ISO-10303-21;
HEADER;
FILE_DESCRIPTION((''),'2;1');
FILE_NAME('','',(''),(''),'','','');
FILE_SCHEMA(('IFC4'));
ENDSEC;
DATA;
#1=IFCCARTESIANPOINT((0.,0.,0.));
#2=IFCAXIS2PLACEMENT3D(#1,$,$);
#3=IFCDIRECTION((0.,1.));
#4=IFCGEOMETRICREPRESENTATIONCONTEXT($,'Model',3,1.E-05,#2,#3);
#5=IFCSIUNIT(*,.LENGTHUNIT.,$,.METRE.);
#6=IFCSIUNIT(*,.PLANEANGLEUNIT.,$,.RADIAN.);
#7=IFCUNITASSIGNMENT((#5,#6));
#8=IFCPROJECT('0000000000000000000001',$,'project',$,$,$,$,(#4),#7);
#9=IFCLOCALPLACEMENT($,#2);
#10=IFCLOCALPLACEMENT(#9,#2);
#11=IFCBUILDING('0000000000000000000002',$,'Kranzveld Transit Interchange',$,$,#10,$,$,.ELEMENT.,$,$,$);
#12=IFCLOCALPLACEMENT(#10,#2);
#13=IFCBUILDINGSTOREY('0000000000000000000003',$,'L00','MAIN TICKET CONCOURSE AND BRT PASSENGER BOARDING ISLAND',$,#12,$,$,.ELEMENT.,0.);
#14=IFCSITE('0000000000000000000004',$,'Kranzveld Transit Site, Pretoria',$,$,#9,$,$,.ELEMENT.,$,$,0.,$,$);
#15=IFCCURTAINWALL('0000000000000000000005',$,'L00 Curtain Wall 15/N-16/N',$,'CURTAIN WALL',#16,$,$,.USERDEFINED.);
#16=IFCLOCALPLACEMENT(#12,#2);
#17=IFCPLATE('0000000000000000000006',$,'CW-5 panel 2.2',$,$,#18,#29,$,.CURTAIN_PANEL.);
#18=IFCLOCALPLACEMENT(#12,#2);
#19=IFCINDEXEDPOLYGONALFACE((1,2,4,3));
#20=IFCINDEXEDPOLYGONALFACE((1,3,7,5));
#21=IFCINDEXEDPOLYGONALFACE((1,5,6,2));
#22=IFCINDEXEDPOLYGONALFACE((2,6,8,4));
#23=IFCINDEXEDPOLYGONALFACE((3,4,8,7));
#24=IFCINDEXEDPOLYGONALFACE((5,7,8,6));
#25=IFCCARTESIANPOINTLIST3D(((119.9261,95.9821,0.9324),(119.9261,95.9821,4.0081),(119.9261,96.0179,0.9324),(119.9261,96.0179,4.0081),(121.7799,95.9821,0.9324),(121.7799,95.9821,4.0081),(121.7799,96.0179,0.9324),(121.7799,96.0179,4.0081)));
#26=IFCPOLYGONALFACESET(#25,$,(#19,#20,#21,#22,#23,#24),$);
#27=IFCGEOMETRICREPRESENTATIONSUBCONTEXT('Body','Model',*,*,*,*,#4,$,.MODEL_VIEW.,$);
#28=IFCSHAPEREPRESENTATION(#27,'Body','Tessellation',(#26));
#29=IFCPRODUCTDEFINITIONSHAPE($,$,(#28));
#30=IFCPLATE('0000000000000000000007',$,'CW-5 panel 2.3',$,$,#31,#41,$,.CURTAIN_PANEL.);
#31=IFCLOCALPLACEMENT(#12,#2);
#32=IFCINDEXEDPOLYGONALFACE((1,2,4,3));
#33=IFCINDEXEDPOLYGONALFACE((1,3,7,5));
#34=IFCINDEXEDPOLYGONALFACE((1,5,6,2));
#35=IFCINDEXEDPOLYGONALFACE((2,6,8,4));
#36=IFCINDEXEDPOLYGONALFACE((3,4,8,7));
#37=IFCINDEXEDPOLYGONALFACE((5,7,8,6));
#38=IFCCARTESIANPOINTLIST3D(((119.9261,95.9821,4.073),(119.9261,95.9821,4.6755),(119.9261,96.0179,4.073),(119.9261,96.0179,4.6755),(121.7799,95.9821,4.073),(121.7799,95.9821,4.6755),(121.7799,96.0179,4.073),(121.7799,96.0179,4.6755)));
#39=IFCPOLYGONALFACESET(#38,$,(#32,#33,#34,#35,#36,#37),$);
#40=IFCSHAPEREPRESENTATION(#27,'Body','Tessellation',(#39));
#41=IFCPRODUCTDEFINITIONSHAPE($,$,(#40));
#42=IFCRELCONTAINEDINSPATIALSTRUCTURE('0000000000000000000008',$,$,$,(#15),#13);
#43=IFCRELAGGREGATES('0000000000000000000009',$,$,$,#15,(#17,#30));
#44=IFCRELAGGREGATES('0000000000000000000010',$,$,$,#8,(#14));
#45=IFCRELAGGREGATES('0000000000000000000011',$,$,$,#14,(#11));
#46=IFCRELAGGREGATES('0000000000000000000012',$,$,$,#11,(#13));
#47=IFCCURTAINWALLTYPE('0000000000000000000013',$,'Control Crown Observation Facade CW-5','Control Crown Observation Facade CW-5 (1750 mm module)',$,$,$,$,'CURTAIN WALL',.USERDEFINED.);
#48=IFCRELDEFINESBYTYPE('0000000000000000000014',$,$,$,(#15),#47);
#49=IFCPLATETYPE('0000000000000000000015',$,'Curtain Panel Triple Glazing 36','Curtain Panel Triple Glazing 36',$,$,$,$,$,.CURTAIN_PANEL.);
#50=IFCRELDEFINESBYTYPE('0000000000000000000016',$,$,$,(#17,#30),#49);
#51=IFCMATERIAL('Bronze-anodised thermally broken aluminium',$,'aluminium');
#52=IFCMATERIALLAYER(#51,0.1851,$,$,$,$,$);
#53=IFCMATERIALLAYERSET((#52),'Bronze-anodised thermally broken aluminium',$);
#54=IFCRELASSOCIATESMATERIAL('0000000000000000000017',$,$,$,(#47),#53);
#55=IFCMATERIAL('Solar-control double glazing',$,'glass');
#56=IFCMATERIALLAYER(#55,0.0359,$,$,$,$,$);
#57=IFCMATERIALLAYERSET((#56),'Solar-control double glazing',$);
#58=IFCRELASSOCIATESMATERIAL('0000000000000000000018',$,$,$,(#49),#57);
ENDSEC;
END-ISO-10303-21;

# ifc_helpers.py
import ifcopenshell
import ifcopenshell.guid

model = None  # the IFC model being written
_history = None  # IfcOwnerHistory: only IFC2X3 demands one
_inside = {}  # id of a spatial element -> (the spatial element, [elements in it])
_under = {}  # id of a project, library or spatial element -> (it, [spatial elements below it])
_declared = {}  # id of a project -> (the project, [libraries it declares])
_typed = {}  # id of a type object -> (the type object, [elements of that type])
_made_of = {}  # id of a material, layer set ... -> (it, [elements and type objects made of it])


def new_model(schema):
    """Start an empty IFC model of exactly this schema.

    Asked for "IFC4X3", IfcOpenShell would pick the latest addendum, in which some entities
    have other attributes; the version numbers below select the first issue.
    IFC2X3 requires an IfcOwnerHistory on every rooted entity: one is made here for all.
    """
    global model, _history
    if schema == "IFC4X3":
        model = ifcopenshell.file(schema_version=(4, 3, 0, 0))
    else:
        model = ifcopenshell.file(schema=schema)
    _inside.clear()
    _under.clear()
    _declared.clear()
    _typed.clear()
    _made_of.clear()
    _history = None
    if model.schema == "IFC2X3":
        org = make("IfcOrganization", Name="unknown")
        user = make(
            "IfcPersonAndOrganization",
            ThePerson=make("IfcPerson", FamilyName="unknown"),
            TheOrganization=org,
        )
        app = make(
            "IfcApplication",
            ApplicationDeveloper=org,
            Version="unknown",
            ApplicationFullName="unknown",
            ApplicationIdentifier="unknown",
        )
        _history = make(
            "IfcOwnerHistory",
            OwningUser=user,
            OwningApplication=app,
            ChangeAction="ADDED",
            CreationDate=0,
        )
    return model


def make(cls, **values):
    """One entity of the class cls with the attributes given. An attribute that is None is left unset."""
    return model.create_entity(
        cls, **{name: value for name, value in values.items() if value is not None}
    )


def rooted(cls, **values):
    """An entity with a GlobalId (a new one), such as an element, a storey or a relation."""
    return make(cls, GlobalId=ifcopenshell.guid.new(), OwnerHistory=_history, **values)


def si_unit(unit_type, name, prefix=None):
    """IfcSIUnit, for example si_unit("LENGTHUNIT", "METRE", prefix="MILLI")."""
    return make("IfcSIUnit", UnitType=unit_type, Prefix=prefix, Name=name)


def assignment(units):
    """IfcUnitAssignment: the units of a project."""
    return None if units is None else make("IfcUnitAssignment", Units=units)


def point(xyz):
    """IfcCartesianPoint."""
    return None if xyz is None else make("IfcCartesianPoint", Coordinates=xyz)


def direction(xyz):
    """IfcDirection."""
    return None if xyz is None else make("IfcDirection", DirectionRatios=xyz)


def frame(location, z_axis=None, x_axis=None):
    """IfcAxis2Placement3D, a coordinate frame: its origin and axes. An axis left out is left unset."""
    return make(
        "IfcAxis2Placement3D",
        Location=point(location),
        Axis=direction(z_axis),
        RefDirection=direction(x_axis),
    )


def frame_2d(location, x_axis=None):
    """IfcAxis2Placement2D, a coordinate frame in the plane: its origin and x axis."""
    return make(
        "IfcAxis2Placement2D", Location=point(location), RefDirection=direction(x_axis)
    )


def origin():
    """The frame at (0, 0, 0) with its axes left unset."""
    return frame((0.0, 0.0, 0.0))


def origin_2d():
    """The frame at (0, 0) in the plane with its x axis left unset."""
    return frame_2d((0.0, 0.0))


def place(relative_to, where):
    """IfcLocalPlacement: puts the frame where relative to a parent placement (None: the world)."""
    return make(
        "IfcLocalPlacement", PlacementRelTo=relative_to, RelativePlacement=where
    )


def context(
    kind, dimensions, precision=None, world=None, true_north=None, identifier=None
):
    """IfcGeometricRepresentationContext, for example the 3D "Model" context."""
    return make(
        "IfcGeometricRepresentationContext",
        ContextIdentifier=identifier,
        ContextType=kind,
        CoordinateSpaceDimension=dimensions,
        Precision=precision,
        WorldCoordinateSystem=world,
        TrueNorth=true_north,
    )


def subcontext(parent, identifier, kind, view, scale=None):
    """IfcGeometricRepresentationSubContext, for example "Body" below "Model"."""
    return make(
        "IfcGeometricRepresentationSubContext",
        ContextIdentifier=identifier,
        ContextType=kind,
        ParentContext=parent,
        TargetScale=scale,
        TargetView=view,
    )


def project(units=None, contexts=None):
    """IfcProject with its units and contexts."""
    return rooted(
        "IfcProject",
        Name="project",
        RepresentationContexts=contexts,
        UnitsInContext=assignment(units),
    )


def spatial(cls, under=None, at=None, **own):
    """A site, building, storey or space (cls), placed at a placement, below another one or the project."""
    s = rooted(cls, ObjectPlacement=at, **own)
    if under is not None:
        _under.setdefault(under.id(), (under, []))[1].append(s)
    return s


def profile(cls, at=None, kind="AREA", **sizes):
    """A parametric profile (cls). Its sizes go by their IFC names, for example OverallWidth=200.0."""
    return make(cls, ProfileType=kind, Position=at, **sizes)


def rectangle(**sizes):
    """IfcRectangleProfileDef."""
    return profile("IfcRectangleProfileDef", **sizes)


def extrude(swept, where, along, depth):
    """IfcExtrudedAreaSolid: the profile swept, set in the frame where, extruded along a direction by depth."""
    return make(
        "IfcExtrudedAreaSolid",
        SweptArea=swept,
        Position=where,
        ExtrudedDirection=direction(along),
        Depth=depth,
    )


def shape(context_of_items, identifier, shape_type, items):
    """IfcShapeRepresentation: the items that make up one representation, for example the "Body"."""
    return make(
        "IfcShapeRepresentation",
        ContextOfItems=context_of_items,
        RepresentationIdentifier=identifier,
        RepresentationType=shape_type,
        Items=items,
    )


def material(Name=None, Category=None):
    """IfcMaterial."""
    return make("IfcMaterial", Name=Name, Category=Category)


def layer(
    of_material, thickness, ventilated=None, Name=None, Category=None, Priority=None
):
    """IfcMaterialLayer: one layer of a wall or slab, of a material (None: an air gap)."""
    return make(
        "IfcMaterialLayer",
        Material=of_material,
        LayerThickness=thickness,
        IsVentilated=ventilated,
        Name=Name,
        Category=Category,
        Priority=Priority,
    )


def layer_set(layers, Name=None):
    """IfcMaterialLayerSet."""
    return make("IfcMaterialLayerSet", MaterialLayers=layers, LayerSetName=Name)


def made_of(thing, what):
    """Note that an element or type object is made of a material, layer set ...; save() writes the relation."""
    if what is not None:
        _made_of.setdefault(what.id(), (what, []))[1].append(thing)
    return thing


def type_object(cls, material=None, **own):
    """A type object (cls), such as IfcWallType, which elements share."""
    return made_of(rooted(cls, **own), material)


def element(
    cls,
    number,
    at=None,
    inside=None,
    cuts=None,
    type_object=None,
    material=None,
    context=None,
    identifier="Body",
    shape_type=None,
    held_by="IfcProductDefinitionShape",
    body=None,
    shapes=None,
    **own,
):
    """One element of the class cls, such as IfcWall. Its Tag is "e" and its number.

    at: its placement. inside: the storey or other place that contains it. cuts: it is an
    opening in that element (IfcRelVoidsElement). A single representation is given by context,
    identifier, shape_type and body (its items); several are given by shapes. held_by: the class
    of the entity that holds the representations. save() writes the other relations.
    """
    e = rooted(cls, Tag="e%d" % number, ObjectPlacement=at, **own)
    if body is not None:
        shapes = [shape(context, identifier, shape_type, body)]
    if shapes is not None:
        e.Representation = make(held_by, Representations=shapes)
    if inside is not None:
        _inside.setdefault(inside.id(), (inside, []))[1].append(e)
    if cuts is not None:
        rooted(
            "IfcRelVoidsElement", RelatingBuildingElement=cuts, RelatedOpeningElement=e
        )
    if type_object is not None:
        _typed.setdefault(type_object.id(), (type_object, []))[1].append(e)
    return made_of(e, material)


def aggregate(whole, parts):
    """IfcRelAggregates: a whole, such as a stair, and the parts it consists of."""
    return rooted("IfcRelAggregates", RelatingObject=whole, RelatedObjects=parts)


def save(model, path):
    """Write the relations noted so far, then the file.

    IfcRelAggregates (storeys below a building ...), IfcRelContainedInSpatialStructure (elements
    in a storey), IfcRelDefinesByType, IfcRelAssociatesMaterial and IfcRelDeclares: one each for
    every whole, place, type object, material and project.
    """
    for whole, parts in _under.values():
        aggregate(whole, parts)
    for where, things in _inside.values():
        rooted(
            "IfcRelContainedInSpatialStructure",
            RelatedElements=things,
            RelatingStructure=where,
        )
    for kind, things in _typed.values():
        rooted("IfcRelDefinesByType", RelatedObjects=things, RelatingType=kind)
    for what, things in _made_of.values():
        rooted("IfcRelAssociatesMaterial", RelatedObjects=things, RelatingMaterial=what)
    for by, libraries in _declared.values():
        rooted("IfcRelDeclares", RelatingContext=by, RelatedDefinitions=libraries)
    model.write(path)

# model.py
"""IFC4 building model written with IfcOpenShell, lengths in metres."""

from ifc_helpers import new_model, si_unit, direction, frame, origin, origin_2d, place, context, subcontext, project, spatial, rectangle, extrude, material, layer, layer_set, type_object, element, aggregate, save


model = new_model("IFC4")

# Units and contexts
model_context = context("Model", 3, precision=1e-05, world=origin(), true_north=direction((0.0, 1.0)))
body_context = subcontext(model_context, "Body", "Model", "MODEL_VIEW")
ifc_project = project(units=[si_unit("LENGTHUNIT", "METRE"), si_unit("PLANEANGLEUNIT", "RADIAN")], contexts=[model_context])

# Site, building, storey
site_placement = place(None, origin())
site = spatial("IfcSite", under=ifc_project, at=site_placement, Name="Kranzveld Transit Site, Pretoria", CompositionType="ELEMENT", RefElevation=0.0)
building_placement = place(site_placement, origin())
building = spatial("IfcBuilding", under=site, at=building_placement, Name="Kranzveld Transit Interchange", CompositionType="ELEMENT")
storey_placement = place(building_placement, origin())
storey = spatial("IfcBuildingStorey", under=building, at=storey_placement, Name="L00", Description="MAIN TICKET CONCOURSE AND BRT PASSENGER BOARDING ISLAND", CompositionType="ELEMENT", Elevation=0.0)

# Curtain wall
ifc_material_1 = material(Name="Bronze-anodised thermally broken aluminium", Category="aluminium")
ifc_layer_1 = layer(ifc_material_1, 0.1851)
ifc_layer_set_1 = layer_set([ifc_layer_1], Name="Bronze-anodised thermally broken aluminium")
curtain_wall_type = type_object("IfcCurtainWallType", Name="Control Crown Observation Facade CW-5", Description="Control Crown Observation Facade CW-5 (1750 mm module)", ElementType="CURTAIN WALL", PredefinedType="USERDEFINED", material=ifc_layer_set_1)
curtain_wall_placement = place(storey_placement, origin())
curtain_wall = element("IfcCurtainWall", 1, at=curtain_wall_placement, inside=storey, type_object=curtain_wall_type, Name="L00 Curtain Wall 15/N-16/N", ObjectType="CURTAIN WALL", PredefinedType="USERDEFINED")

# Plates
ifc_material_2 = material(Name="Solar-control double glazing", Category="glass")
ifc_layer_2 = layer(ifc_material_2, 0.0359)
ifc_layer_set_2 = layer_set([ifc_layer_2], Name="Solar-control double glazing")
plate_type = type_object("IfcPlateType", Name="Curtain Panel Triple Glazing 36", Description="Curtain Panel Triple Glazing 36", PredefinedType="CURTAIN_PANEL", material=ifc_layer_set_2)
plate_1_placement = place(storey_placement, frame((120.853, 96.0, 0.9324), z_axis=(0.0, 0.0, 1.0), x_axis=(1.0, 0.0, 0.0)))
plate_1 = element("IfcPlate", 2, at=plate_1_placement, type_object=plate_type, Name="CW-5 panel 2.2", PredefinedType="CURTAIN_PANEL", context=body_context, shape_type="SweptSolid", body=[
    extrude(rectangle(XDim=1.8538, YDim=0.0359, at=origin_2d()), origin(), (0.0, 0.0, 1.0), 3.0757),
])
plate_2_placement = place(storey_placement, frame((120.853, 96.0, 4.073), z_axis=(0.0, 0.0, 1.0), x_axis=(1.0, 0.0, 0.0)))
plate_2 = element("IfcPlate", 3, at=plate_2_placement, type_object=plate_type, Name="CW-5 panel 2.3", PredefinedType="CURTAIN_PANEL", context=body_context, shape_type="SweptSolid", body=[
    extrude(rectangle(XDim=1.8538, YDim=0.0359, at=origin_2d()), origin(), (0.0, 0.0, 1.0), 0.6025),
])
aggregate(curtain_wall, [plate_1, plate_2])

save(model, "model.ifc")
